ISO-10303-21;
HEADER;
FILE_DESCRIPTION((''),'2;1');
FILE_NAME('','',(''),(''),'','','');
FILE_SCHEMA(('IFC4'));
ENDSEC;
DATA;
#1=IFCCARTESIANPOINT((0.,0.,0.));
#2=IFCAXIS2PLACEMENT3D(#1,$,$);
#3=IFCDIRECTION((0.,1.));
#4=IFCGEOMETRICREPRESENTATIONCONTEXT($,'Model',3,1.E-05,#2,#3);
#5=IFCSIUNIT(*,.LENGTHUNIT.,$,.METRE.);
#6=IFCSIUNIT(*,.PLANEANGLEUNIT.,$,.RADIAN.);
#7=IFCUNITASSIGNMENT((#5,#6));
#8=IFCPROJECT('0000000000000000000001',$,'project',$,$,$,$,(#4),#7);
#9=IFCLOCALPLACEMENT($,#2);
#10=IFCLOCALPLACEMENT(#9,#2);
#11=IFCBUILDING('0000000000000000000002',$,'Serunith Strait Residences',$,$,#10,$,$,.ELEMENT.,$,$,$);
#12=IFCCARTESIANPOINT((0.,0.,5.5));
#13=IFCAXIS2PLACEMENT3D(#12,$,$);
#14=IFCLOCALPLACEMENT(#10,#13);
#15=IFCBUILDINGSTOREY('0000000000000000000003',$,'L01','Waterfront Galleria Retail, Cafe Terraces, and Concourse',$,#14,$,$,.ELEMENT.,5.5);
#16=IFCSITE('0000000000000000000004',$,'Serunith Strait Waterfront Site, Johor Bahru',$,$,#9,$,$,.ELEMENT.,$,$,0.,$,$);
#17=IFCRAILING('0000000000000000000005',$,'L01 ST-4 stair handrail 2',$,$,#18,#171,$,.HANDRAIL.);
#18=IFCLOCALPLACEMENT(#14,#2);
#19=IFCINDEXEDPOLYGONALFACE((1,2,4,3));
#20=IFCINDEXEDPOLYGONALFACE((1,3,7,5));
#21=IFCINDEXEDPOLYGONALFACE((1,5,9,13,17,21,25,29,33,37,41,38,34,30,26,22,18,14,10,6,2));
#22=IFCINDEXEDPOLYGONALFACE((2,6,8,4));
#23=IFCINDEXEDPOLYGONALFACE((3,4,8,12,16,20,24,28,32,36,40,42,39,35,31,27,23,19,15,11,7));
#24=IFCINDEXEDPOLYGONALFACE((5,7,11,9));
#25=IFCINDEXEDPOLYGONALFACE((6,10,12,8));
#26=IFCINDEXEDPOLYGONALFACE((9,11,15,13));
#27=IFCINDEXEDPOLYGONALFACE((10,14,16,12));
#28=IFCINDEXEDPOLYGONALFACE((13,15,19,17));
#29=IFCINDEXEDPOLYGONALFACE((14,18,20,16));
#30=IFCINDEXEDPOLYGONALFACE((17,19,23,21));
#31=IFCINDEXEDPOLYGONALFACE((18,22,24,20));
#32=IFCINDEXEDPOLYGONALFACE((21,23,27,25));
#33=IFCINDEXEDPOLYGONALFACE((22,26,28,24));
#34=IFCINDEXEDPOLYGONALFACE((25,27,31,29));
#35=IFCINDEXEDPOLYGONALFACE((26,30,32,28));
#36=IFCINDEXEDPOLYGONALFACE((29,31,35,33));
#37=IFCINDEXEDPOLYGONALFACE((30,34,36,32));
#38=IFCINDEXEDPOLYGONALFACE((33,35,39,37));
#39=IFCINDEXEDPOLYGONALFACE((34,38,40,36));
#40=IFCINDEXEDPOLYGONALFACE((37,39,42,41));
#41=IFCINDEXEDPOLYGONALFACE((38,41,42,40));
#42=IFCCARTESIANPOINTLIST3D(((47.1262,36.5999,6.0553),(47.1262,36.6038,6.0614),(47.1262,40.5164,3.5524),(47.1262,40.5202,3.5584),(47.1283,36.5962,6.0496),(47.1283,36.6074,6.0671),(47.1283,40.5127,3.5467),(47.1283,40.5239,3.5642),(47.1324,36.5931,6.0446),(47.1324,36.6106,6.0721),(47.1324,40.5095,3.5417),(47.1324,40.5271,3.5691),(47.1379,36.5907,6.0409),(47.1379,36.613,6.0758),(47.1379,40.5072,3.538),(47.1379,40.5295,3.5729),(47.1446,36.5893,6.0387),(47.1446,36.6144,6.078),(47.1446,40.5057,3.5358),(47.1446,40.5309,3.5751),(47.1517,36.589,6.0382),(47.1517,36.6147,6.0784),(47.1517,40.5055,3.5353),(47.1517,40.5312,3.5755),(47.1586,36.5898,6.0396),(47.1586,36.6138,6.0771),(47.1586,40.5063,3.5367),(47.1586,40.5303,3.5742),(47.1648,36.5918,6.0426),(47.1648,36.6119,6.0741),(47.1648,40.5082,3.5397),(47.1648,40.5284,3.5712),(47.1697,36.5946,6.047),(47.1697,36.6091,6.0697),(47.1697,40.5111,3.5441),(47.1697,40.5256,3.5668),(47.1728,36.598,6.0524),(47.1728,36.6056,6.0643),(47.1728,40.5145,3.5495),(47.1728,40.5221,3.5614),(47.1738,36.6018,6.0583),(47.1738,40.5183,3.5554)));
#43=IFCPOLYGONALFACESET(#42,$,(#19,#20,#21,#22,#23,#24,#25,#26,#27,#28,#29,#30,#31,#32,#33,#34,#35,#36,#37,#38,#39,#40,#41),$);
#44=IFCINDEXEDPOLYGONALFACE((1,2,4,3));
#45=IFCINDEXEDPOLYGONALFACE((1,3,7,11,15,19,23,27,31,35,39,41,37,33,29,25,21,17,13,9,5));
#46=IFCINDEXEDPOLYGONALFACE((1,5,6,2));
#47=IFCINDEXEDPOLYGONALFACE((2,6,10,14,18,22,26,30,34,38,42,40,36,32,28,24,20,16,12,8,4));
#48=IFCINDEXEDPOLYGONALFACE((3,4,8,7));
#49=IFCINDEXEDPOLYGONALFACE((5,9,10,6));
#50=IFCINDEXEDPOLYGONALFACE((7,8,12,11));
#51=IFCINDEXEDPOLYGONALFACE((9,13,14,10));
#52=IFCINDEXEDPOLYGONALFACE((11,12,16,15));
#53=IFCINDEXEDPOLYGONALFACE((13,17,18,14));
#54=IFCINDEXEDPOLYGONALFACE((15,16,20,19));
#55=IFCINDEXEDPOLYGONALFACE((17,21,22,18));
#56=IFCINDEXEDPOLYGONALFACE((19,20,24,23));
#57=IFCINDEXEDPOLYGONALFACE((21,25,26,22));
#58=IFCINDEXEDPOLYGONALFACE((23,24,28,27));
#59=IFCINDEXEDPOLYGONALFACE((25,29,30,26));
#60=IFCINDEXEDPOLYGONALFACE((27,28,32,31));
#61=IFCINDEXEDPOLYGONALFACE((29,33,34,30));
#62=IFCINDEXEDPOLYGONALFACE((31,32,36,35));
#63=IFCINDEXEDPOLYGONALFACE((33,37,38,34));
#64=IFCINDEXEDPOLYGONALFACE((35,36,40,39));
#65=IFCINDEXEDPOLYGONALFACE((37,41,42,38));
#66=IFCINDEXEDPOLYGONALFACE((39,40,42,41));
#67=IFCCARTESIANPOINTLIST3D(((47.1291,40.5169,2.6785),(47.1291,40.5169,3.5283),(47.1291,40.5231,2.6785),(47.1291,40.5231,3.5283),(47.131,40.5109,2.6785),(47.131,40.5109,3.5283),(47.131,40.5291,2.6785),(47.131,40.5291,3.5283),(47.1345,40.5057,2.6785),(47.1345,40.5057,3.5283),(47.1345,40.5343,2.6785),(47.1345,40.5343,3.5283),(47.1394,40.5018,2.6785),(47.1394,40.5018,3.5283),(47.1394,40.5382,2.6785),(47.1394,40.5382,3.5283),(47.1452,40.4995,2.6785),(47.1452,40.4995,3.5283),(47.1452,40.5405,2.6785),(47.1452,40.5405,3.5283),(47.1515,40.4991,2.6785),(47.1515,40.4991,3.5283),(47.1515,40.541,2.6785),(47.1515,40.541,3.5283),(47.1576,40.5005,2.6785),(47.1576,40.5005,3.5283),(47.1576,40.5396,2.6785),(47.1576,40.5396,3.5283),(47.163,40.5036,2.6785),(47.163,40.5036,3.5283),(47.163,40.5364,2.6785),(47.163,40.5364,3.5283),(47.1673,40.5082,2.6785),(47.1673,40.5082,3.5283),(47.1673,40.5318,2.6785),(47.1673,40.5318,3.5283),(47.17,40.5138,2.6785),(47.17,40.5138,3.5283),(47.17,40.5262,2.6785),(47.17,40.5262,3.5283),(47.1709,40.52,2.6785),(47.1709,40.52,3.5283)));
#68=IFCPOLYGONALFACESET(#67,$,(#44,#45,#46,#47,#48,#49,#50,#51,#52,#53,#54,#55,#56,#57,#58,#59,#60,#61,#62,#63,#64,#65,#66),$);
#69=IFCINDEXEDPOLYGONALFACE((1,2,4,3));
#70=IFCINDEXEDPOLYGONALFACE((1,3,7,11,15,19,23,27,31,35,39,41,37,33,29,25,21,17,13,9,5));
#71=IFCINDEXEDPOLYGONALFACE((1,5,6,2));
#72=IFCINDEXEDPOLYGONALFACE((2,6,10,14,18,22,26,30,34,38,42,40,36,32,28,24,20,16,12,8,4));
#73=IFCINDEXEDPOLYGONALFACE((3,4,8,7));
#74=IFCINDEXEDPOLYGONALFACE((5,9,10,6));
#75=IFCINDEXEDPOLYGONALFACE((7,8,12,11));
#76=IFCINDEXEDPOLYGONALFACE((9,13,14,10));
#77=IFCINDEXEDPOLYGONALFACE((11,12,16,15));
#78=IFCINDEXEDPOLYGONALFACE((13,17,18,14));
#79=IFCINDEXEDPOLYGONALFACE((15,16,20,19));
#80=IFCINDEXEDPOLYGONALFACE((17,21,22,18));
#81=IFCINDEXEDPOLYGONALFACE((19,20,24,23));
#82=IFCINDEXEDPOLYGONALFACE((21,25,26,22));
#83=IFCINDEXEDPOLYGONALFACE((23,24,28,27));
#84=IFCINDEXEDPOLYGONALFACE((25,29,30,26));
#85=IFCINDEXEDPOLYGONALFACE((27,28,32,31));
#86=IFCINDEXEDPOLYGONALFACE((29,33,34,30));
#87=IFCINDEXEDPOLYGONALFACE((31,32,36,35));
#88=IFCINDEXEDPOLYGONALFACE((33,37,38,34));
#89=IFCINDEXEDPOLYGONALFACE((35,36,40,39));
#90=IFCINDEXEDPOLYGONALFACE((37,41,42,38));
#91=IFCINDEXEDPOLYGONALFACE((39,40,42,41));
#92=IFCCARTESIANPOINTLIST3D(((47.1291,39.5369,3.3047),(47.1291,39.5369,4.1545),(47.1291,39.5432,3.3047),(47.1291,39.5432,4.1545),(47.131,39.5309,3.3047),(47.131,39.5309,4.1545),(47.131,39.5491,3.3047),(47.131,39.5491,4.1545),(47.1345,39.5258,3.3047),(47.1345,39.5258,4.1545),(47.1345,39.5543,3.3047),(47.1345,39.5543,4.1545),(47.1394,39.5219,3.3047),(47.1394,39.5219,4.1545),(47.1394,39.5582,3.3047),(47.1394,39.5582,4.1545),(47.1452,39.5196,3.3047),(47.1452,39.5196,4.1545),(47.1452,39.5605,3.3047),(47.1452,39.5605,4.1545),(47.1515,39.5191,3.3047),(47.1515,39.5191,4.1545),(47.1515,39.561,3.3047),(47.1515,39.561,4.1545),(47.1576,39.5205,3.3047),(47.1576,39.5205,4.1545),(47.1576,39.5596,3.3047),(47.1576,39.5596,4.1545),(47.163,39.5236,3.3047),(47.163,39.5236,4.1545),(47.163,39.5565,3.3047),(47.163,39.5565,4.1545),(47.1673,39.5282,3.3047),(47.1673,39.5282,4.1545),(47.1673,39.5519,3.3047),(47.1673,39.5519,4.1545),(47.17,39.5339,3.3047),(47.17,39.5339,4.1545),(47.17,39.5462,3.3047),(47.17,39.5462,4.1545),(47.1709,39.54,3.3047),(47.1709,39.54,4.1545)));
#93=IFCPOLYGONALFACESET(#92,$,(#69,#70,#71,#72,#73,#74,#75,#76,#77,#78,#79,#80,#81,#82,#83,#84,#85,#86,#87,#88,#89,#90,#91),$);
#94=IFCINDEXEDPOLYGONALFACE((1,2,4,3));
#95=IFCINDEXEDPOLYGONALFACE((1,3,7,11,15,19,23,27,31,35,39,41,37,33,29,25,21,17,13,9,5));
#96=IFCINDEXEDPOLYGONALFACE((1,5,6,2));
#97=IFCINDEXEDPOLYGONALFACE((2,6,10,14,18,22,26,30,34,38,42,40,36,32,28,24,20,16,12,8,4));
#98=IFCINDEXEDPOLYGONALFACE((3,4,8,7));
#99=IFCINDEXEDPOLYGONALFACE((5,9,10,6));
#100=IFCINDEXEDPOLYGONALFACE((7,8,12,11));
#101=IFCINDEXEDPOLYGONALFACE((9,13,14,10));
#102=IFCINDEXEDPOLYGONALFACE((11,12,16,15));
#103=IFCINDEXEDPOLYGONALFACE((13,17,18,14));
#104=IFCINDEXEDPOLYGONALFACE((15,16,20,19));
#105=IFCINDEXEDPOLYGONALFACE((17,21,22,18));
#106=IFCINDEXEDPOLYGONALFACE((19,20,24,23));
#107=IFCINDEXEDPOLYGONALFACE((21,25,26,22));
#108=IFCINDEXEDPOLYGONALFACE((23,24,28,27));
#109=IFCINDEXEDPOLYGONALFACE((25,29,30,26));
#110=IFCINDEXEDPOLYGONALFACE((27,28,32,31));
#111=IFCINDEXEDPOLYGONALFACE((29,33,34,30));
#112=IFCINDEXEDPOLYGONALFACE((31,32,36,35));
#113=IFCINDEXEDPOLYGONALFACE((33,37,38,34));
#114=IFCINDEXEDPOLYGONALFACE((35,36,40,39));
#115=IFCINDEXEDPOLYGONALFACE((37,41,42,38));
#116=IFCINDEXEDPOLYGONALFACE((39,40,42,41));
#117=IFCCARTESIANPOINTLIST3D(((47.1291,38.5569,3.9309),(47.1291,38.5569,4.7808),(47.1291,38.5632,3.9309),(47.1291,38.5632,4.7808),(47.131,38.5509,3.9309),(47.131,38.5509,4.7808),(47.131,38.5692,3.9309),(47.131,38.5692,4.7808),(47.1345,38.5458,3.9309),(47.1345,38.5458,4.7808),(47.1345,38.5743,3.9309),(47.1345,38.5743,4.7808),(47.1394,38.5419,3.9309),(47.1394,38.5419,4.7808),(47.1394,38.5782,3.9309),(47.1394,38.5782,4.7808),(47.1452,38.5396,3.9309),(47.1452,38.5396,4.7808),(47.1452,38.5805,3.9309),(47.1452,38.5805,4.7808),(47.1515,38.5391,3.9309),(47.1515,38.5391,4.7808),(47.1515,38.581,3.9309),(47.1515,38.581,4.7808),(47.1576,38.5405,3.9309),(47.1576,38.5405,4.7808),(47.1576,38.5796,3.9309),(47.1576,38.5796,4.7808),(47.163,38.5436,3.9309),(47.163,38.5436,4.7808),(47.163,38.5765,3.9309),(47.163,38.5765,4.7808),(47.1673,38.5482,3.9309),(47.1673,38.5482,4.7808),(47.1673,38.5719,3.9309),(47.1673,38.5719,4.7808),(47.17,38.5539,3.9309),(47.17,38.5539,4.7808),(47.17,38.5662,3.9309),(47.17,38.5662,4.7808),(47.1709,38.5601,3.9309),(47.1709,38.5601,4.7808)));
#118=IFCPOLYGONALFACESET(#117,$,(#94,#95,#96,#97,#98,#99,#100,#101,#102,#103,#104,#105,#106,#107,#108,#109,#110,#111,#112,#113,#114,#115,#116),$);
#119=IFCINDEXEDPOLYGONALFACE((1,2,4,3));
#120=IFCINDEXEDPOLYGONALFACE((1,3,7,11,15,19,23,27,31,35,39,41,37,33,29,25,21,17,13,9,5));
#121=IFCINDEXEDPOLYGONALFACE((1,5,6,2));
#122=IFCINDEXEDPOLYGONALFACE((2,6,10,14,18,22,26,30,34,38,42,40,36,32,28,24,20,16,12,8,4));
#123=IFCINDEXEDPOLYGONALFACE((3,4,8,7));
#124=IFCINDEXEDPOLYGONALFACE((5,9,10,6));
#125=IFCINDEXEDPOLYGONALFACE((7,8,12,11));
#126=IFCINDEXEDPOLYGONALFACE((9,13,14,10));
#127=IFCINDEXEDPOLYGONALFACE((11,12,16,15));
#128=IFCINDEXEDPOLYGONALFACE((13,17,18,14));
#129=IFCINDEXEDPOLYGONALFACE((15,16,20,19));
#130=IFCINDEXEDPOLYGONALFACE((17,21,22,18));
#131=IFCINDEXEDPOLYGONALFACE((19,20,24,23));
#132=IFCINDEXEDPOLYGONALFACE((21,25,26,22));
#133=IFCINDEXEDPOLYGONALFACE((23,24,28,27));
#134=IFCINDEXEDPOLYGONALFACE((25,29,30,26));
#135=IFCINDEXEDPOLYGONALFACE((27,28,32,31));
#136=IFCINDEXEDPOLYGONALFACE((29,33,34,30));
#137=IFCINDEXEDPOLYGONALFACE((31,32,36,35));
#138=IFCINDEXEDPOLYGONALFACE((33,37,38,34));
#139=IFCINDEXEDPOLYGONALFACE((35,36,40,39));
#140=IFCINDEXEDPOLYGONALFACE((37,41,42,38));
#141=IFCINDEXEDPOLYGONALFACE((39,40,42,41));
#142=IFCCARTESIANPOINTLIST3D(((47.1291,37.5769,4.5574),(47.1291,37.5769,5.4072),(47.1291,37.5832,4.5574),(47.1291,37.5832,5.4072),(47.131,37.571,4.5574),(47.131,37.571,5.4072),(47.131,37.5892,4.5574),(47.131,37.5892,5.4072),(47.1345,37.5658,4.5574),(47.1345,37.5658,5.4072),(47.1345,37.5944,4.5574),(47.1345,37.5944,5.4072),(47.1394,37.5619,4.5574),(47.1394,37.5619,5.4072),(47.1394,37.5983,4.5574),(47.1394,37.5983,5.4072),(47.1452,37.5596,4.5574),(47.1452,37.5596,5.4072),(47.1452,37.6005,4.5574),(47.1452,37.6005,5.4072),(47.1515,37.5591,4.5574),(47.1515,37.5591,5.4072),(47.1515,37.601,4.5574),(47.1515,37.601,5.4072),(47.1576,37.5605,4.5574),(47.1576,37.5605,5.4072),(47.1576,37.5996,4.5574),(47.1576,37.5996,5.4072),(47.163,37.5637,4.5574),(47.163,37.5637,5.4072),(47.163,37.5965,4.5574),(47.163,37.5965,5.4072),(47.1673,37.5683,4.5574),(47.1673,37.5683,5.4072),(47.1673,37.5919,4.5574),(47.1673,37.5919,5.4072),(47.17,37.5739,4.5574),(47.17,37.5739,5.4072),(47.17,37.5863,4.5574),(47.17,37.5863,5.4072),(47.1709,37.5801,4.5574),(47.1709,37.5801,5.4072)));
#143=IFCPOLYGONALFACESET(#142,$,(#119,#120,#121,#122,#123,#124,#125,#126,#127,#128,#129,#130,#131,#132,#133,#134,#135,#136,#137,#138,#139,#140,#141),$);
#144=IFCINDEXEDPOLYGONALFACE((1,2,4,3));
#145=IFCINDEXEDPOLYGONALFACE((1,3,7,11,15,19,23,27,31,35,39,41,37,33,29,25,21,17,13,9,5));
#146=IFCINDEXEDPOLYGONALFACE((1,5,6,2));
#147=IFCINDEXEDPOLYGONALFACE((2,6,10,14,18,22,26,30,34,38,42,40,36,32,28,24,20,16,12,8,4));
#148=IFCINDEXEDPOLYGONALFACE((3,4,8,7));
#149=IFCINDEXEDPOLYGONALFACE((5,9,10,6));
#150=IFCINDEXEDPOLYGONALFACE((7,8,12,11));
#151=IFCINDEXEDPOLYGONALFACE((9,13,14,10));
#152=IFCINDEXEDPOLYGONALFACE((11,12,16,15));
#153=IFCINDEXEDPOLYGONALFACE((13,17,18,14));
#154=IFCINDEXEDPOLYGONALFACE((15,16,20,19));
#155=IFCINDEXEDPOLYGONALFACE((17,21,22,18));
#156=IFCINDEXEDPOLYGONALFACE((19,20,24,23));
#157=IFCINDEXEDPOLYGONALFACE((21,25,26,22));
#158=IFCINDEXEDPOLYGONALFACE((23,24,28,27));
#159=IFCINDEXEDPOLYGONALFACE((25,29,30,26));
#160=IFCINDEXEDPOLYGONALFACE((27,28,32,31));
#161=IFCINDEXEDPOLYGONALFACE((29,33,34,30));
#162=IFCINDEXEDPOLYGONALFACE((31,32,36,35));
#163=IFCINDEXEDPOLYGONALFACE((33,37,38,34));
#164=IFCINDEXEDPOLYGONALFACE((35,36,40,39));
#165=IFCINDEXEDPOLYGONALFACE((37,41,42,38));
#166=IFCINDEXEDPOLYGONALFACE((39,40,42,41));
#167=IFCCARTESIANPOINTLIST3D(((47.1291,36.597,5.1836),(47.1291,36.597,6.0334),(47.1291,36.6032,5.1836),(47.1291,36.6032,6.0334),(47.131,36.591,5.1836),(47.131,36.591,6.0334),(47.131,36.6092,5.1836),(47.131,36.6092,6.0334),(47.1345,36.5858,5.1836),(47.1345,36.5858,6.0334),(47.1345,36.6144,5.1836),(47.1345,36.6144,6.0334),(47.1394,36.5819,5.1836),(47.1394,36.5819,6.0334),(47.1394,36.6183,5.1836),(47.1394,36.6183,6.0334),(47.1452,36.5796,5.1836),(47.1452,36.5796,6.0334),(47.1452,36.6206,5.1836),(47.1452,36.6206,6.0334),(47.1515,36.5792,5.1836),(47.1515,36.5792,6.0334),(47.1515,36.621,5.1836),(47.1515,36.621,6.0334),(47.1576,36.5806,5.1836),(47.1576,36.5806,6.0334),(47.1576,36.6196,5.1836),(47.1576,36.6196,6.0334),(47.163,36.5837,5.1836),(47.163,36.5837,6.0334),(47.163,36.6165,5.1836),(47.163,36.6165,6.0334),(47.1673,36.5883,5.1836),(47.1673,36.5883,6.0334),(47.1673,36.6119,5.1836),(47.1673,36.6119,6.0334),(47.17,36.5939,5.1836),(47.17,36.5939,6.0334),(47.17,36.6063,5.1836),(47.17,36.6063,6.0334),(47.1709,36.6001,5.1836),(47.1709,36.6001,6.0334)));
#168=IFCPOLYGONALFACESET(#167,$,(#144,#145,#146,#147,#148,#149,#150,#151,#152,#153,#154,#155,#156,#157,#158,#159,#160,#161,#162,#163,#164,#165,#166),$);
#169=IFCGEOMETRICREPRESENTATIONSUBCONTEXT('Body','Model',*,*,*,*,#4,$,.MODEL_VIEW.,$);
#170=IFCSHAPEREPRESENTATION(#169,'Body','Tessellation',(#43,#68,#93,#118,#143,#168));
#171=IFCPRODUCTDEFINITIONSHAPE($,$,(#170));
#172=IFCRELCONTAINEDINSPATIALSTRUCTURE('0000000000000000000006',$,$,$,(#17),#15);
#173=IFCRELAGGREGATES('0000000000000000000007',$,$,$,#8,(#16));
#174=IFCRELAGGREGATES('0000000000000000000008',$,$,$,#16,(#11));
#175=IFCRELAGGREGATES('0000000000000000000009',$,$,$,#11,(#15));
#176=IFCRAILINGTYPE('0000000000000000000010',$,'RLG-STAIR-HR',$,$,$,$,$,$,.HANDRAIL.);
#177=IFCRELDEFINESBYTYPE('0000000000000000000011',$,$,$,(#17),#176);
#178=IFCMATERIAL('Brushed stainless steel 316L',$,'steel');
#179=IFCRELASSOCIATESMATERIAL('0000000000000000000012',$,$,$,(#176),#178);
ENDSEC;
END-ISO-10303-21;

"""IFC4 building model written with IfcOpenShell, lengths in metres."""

from ifc_helpers import new_model, si_unit, direction, frame, origin, origin_2d, place, context, subcontext, project, spatial, circle, extrude, material, type_object, element, save


model = new_model("IFC4")

# Units and contexts
model_context = context("Model", 3, precision=1e-05, world=origin(), true_north=direction((0.0, 1.0)))
body_context = subcontext(model_context, "Body", "Model", "MODEL_VIEW")
ifc_project = project(units=[si_unit("LENGTHUNIT", "METRE"), si_unit("PLANEANGLEUNIT", "RADIAN")], contexts=[model_context])

# Site, building, storey
site_placement = place(None, origin())
site = spatial("IfcSite", under=ifc_project, at=site_placement, Name="Serunith Strait Waterfront Site, Johor Bahru", CompositionType="ELEMENT", RefElevation=0.0)
building_placement = place(site_placement, origin())
building = spatial("IfcBuilding", under=site, at=building_placement, Name="Serunith Strait Residences", CompositionType="ELEMENT")
storey_placement = place(building_placement, frame((0.0, 0.0, 5.5)))
storey = spatial("IfcBuildingStorey", under=building, at=storey_placement, Name="L01", Description="Waterfront Galleria Retail, Cafe Terraces, and Concourse", CompositionType="ELEMENT", Elevation=5.5)

# Railing
ifc_material_1 = material(Name="Brushed stainless steel 316L", Category="steel")
railing_type_1 = type_object("IfcRailingType", Name="RLG-STAIR-HR", PredefinedType="HANDRAIL", material=ifc_material_1)
railing_1_placement = place(storey_placement, frame((47.1499, 40.52, 2.6785)))
element("IfcRailing", 1, at=railing_1_placement, inside=storey, type_object=railing_type_1, Name="L01 ST-4 stair handrail 2", PredefinedType="HANDRAIL", context=body_context, shape_type="SweptSolid", body=[
    extrude(circle(Radius=0.0239, at=origin_2d()), frame((0.0, -0.0017, 0.877), z_axis=(0.0, -0.842625, 0.538501), x_axis=(1.0, 0.0, 0.0)), (0.0, 0.0, 1.0), 4.6479),
    extrude(circle(Radius=0.021, at=origin_2d()), origin(), (0.0, 0.0, 1.0), 0.8499),
    extrude(circle(Radius=0.021, at=origin_2d()), frame((0.0, -0.98, 0.6262)), (0.0, 0.0, 1.0), 0.8499),
    extrude(circle(Radius=0.021, at=origin_2d()), frame((0.0, -1.96, 1.2524)), (0.0, 0.0, 1.0), 0.8499),
    extrude(circle(Radius=0.021, at=origin_2d()), frame((0.0, -2.9399, 1.8789)), (0.0, 0.0, 1.0), 0.8499),
    extrude(circle(Radius=0.021, at=origin_2d()), frame((0.0, -3.9199, 2.5051)), (0.0, 0.0, 1.0), 0.8499),
])

save(model, "model.ifc")
